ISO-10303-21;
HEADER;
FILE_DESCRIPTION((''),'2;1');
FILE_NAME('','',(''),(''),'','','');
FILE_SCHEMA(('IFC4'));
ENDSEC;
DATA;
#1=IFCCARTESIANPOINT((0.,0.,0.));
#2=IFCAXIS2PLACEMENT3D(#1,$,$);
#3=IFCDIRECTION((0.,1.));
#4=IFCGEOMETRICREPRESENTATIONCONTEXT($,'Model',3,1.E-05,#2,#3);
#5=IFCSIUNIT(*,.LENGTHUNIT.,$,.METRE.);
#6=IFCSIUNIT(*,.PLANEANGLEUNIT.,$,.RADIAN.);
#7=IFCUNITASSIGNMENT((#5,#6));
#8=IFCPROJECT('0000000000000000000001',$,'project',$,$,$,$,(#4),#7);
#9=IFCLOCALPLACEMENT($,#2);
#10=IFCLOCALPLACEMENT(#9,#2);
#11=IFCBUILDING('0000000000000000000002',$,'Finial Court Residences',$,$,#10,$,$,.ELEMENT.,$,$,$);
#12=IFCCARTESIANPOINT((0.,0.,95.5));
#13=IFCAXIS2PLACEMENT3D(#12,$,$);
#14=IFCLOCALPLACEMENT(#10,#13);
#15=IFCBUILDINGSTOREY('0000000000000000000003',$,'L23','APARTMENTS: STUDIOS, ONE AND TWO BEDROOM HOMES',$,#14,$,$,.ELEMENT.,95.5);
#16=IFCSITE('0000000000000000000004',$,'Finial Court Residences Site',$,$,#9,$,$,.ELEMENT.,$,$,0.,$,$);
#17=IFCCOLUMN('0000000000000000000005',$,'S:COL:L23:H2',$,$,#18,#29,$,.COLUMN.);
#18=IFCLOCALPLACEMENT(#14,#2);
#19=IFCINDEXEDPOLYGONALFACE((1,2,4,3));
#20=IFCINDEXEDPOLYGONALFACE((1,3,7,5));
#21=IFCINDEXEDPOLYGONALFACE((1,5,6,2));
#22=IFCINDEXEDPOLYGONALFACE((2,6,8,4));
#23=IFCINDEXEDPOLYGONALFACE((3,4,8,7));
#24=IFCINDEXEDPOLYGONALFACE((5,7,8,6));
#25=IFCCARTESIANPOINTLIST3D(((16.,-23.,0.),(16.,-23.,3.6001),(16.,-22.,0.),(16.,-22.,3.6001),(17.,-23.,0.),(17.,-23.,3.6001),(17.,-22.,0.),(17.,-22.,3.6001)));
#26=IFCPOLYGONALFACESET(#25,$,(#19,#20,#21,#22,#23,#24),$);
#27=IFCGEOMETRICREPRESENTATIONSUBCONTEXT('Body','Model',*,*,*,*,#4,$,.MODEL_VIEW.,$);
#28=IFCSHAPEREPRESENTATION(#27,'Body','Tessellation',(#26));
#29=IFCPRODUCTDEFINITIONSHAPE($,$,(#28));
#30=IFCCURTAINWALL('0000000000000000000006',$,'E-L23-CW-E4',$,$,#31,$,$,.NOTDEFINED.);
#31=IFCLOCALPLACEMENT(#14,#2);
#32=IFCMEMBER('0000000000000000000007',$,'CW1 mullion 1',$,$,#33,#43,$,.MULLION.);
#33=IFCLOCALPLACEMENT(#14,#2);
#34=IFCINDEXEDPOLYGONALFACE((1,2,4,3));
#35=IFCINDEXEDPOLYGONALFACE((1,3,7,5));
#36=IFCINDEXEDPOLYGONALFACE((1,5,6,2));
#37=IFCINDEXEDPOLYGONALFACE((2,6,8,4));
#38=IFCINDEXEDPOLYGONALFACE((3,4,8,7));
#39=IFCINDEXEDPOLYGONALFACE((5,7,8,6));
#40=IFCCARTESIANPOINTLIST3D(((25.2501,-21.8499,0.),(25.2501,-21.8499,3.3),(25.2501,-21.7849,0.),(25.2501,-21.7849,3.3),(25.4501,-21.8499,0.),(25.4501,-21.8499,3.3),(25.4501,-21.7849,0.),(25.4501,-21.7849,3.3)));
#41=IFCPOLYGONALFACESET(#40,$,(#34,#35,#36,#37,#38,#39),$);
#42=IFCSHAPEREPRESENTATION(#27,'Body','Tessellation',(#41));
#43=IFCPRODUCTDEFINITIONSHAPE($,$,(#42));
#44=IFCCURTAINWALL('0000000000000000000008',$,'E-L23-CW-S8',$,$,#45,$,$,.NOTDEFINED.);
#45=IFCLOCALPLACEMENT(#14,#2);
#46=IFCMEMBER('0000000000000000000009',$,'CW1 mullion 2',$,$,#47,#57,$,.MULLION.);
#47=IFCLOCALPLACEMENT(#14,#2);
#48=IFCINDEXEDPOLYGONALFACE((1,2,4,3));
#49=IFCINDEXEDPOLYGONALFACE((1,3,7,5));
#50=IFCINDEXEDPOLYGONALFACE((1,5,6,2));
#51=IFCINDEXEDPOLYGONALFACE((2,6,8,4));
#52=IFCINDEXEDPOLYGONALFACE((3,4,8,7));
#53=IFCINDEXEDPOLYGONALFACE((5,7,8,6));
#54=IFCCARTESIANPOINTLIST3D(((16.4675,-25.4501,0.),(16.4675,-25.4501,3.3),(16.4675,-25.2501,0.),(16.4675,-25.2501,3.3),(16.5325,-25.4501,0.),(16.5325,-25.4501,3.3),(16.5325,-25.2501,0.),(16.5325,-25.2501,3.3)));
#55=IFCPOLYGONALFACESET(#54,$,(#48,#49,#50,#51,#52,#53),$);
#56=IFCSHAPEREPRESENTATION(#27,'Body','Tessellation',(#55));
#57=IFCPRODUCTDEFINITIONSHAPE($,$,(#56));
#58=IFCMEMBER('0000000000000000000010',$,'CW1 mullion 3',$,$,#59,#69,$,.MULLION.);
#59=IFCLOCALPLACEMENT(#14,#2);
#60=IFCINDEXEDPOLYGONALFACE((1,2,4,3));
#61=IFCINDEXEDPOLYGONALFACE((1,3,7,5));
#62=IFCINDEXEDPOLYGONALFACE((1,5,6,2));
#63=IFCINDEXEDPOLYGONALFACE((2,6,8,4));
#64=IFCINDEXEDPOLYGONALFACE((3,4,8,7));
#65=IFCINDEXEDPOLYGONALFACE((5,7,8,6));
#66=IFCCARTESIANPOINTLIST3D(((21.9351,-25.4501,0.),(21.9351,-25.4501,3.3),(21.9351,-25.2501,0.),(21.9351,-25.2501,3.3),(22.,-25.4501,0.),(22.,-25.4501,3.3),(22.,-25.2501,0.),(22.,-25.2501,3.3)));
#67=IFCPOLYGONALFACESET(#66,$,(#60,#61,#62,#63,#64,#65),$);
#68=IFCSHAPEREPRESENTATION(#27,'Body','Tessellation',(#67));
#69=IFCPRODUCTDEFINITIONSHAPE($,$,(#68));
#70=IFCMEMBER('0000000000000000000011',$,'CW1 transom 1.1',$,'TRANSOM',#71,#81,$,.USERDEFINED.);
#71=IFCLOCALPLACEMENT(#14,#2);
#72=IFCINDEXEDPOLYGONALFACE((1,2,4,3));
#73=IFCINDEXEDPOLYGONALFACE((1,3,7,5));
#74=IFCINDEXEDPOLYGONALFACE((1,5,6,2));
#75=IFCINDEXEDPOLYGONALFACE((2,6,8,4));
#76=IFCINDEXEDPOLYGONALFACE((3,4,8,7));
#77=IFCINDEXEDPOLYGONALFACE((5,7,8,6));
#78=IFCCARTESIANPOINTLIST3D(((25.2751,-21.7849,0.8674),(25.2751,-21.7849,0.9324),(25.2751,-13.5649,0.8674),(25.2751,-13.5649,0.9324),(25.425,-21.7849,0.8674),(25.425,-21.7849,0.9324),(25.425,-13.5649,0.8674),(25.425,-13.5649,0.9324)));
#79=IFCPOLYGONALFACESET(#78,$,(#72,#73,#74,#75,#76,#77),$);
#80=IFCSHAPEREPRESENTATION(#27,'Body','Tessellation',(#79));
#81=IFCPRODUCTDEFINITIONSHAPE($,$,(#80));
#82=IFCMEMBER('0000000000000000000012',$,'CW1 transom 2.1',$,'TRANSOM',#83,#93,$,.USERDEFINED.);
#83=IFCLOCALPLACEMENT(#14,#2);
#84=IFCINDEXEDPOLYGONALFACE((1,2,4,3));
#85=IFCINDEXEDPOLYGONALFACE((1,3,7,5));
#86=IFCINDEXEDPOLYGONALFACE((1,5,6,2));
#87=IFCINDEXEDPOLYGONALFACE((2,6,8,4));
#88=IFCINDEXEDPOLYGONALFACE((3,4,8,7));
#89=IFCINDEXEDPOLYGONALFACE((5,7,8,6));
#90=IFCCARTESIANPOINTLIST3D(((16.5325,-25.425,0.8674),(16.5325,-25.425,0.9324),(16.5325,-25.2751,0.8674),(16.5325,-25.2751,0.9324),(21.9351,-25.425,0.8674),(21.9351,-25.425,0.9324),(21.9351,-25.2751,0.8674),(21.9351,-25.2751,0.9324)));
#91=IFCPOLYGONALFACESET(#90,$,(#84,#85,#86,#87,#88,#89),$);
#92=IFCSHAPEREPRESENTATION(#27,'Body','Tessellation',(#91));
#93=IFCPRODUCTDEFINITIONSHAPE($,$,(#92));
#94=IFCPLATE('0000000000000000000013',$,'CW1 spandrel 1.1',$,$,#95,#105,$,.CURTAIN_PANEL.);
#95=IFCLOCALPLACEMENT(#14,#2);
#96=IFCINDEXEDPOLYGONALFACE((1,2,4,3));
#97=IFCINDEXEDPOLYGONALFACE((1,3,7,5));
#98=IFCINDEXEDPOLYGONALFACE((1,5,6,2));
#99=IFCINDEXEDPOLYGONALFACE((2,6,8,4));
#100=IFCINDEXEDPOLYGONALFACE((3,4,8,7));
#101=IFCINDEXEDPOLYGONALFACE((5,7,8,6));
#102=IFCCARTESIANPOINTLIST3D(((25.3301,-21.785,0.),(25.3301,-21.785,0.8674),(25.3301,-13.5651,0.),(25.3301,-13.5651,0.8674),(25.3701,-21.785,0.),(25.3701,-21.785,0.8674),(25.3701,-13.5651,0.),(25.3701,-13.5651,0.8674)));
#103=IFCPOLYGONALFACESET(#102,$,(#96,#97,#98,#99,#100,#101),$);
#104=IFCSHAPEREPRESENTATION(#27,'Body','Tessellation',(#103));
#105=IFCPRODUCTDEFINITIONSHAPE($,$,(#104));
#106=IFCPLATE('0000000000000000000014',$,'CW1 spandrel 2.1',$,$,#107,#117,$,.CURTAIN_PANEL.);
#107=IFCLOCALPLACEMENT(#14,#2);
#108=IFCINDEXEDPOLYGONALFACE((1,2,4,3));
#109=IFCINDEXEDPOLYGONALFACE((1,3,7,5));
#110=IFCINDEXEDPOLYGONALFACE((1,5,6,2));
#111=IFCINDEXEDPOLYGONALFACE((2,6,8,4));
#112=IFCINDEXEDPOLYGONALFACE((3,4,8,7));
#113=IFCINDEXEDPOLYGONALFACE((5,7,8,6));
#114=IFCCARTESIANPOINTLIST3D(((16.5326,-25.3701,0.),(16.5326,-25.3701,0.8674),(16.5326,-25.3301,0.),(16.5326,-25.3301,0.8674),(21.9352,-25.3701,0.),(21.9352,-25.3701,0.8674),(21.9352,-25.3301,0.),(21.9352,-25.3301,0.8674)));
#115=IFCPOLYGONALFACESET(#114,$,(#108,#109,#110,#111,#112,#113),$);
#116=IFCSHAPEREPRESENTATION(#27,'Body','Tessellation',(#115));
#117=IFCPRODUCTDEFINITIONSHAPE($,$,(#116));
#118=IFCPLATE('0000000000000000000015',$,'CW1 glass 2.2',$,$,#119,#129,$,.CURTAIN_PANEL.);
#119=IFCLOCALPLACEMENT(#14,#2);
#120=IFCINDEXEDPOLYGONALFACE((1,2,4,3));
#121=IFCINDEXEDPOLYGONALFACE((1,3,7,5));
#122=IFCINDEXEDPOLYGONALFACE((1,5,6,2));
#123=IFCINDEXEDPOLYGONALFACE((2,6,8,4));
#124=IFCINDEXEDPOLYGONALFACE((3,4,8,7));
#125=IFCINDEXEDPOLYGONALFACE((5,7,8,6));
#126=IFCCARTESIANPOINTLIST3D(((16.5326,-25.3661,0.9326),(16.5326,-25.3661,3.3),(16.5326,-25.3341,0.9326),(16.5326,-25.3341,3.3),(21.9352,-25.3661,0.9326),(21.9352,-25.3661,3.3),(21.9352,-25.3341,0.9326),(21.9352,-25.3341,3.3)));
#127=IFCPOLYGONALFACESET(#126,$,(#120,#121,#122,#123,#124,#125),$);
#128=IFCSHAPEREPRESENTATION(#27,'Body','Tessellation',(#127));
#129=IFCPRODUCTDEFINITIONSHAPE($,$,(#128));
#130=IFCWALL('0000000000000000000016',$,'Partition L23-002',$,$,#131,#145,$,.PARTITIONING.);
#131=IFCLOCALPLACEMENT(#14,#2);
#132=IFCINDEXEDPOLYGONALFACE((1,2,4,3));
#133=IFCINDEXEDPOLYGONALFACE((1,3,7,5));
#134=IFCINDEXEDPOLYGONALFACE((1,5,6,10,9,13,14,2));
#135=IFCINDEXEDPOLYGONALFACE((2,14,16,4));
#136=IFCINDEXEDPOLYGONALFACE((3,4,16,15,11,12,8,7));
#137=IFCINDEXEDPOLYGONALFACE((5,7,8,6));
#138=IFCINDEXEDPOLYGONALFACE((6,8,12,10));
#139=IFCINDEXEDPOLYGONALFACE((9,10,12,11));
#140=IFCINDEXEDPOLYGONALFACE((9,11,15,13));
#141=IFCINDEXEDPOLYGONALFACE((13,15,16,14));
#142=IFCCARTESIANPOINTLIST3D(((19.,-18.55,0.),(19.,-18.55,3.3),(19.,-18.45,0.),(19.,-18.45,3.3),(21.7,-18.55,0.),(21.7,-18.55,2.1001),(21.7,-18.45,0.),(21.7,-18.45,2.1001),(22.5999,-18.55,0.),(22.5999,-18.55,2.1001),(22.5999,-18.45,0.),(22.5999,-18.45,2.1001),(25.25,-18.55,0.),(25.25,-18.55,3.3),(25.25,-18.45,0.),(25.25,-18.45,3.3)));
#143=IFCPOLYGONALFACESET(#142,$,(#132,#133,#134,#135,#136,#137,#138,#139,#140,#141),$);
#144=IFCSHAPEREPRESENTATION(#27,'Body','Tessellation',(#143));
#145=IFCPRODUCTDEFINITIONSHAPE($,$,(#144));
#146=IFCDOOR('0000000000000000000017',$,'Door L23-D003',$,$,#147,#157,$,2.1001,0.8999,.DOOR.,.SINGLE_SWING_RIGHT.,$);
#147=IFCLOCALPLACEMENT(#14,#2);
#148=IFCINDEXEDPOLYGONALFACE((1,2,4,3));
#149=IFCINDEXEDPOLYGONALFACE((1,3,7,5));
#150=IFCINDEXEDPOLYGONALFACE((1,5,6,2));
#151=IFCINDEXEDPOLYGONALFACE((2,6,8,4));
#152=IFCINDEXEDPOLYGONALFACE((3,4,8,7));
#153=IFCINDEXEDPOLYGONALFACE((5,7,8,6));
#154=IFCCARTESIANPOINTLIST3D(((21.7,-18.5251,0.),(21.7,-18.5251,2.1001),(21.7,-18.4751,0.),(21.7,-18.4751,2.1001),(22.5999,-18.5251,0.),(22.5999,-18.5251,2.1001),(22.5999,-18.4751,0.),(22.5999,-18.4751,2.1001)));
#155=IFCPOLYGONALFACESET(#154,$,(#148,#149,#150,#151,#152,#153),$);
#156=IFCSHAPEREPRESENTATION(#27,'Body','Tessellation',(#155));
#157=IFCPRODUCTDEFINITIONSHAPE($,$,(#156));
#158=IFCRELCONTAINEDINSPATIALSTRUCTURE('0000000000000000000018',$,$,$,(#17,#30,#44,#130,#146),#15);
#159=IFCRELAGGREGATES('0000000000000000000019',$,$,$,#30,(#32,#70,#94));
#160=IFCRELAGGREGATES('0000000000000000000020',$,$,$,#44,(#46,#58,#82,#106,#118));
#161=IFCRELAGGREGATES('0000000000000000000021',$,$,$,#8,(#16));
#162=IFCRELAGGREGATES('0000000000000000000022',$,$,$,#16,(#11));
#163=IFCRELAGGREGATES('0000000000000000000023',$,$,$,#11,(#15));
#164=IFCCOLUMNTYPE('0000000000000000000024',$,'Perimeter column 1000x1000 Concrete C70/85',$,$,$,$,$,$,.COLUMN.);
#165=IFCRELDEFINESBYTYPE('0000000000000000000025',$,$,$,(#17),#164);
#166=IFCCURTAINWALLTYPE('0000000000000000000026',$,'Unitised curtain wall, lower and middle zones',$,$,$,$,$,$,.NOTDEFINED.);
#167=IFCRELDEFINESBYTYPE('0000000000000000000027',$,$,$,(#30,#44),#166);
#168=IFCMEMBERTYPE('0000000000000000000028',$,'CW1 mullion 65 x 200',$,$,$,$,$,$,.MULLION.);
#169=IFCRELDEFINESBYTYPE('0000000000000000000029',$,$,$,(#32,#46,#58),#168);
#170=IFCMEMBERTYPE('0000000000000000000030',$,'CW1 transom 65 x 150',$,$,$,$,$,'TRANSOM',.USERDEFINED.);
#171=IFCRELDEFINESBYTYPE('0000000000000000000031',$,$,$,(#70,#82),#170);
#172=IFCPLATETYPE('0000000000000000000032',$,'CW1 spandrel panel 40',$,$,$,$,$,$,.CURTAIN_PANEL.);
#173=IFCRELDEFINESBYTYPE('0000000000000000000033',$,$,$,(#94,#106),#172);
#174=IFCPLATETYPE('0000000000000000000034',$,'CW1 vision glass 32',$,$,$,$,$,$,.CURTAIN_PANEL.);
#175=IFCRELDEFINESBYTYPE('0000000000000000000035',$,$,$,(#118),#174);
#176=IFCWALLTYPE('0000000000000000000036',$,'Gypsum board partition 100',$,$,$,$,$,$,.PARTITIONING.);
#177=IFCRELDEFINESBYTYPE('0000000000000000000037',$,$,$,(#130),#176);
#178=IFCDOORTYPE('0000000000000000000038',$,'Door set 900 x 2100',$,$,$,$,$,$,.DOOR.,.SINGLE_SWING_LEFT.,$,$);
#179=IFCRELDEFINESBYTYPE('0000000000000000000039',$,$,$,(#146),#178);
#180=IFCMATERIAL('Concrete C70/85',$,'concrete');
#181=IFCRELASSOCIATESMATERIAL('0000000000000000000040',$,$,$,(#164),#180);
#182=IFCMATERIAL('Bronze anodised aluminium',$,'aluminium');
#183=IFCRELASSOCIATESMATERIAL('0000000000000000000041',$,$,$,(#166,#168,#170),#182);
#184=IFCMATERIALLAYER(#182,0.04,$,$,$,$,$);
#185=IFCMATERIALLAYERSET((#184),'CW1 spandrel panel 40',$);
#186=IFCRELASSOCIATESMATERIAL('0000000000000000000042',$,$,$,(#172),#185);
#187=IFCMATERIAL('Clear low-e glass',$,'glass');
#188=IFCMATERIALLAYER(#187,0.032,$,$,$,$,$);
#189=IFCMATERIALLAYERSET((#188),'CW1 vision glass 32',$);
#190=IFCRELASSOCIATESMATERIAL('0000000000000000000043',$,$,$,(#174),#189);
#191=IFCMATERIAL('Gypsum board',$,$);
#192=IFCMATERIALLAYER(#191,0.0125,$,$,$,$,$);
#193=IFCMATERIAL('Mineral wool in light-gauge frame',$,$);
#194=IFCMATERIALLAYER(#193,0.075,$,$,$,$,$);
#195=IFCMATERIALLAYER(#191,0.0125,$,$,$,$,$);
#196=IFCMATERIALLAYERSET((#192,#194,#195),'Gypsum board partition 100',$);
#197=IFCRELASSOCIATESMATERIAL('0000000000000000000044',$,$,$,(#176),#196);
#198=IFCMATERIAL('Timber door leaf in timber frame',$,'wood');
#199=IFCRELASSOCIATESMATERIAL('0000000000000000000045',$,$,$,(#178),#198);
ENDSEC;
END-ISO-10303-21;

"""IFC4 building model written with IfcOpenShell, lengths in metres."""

from ifc_helpers import new_model, si_unit, direction, frame, frame_2d, origin, origin_2d, place, context, subcontext, project, spatial, rectangle, extrude, material, layer, layer_set, material_profile, profile_set, type_object, element, fill, aggregate, save


model = new_model("IFC4")

# Units and contexts
model_context = context("Model", 3, precision=1e-05, world=origin(), true_north=direction((0.0, 1.0)))
body_context = subcontext(model_context, "Body", "Model", "MODEL_VIEW")
ifc_project = project(units=[si_unit("LENGTHUNIT", "METRE"), si_unit("PLANEANGLEUNIT", "RADIAN")], contexts=[model_context])

# Site, building, storey
site_placement = place(None, origin())
site = spatial("IfcSite", under=ifc_project, at=site_placement, Name="Finial Court Residences Site", CompositionType="ELEMENT", RefElevation=0.0)
building_placement = place(site_placement, origin())
building = spatial("IfcBuilding", under=site, at=building_placement, Name="Finial Court Residences", CompositionType="ELEMENT")
storey_placement = place(building_placement, frame((0.0, 0.0, 95.5)))
storey = spatial("IfcBuildingStorey", under=building, at=storey_placement, Name="L23", Description="APARTMENTS: STUDIOS, ONE AND TWO BEDROOM HOMES", CompositionType="ELEMENT", Elevation=95.5)

# Column
ifc_material_1 = material(Name="Concrete C70/85", Category="concrete")
ifc_material_profile_1 = material_profile(ifc_material_1, rectangle(XDim=1.0, YDim=1.0, at=origin_2d()), Name="1000x1000")
ifc_profile_set_1 = profile_set([ifc_material_profile_1], Name="Concrete C70/85")
column_type = type_object("IfcColumnType", Name="Perimeter column 1000x1000 Concrete C70/85", PredefinedType="COLUMN", material=ifc_profile_set_1)
column_placement = place(storey_placement, frame((16.5, -22.5, 0.0), z_axis=(0.0, 0.0, 1.0), x_axis=(1.0, 0.0, 0.0)))
element("IfcColumn", 1, at=column_placement, inside=storey, type_object=column_type, Name="S:COL:L23:H2", PredefinedType="COLUMN", context=body_context, shape_type="SweptSolid", body=[
    extrude(rectangle(XDim=1.0, YDim=1.0, at=origin_2d()), origin(), (0.0, 0.0, 1.0), 3.6001),
])

# Curtain wall, member
ifc_material_2 = material(Name="Bronze anodised aluminium", Category="aluminium")
curtain_wall_type = type_object("IfcCurtainWallType", Name="Unitised curtain wall, lower and middle zones", PredefinedType="NOTDEFINED", material=ifc_material_2)
curtain_wall_1_placement = place(storey_placement, origin())
curtain_wall_1 = element("IfcCurtainWall", 2, at=curtain_wall_1_placement, inside=storey, type_object=curtain_wall_type, Name="E-L23-CW-E4", PredefinedType="NOTDEFINED")
ifc_material_profile_2 = material_profile(ifc_material_2, rectangle(XDim=0.2, YDim=0.0649, at=origin_2d()), Name="CW1 mullion 65 x 200")
ifc_profile_set_2 = profile_set([ifc_material_profile_2], Name="Bronze anodised aluminium")
member_type_1 = type_object("IfcMemberType", Name="CW1 mullion 65 x 200", PredefinedType="MULLION", material=ifc_profile_set_2)
member_1_placement = place(storey_placement, frame((25.3501, -21.8174, 0.0), z_axis=(0.0, 0.0, 1.0), x_axis=(-1.0, 0.0, 0.0)))
member_1 = element("IfcMember", 3, at=member_1_placement, type_object=member_type_1, Name="CW1 mullion 1", PredefinedType="MULLION", context=body_context, shape_type="SweptSolid", body=[
    extrude(rectangle(XDim=0.2, YDim=0.0649, at=origin_2d()), origin(), (0.0, 0.0, 1.0), 3.3),
])

# Curtain wall, members
curtain_wall_2_placement = place(storey_placement, origin())
curtain_wall_2 = element("IfcCurtainWall", 4, at=curtain_wall_2_placement, inside=storey, type_object=curtain_wall_type, Name="E-L23-CW-S8", PredefinedType="NOTDEFINED")
member_2_placement = place(storey_placement, frame((16.5, -25.3501, 0.0), z_axis=(0.0, 0.0, 1.0), x_axis=(0.0, 1.0, 0.0)))
member_2 = element("IfcMember", 5, at=member_2_placement, type_object=member_type_1, Name="CW1 mullion 2", PredefinedType="MULLION", context=body_context, shape_type="SweptSolid", body=[
    extrude(rectangle(XDim=0.2, YDim=0.0649, at=origin_2d()), origin(), (0.0, 0.0, 1.0), 3.3),
])
member_3_placement = place(storey_placement, frame((21.9675, -25.3501, 0.0), z_axis=(0.0, 0.0, 1.0), x_axis=(0.0, 1.0, 0.0)))
member_3 = element("IfcMember", 6, at=member_3_placement, type_object=member_type_1, Name="CW1 mullion 3", PredefinedType="MULLION", context=body_context, shape_type="SweptSolid", body=[
    extrude(rectangle(XDim=0.2, YDim=0.0649, at=origin_2d()), origin(), (0.0, 0.0, 1.0), 3.3),
])

# Members
ifc_material_profile_3 = material_profile(ifc_material_2, rectangle(XDim=0.1499, YDim=0.0649, at=origin_2d()), Name="CW1 transom 65 x 150")
ifc_profile_set_3 = profile_set([ifc_material_profile_3], Name="Bronze anodised aluminium")
member_type_2 = type_object("IfcMemberType", Name="CW1 transom 65 x 150", ElementType="TRANSOM", PredefinedType="USERDEFINED", material=ifc_profile_set_3)
member_4_placement = place(storey_placement, frame((25.3501, -21.7849, 0.8999), z_axis=(0.0, 1.0, 0.0), x_axis=(-1.0, 0.0, 0.0)))
member_4 = element("IfcMember", 7, at=member_4_placement, type_object=member_type_2, Name="CW1 transom 1.1", ObjectType="TRANSOM", PredefinedType="USERDEFINED", context=body_context, shape_type="SweptSolid", body=[
    extrude(rectangle(XDim=0.1499, YDim=0.0649, at=origin_2d()), origin(), (0.0, 0.0, 1.0), 8.22),
])
member_5_placement = place(storey_placement, frame((16.5325, -25.3501, 0.8999), z_axis=(1.0, 0.0, 0.0), x_axis=(0.0, 1.0, 0.0)))
member_5 = element("IfcMember", 8, at=member_5_placement, type_object=member_type_2, Name="CW1 transom 2.1", ObjectType="TRANSOM", PredefinedType="USERDEFINED", context=body_context, shape_type="SweptSolid", body=[
    extrude(rectangle(XDim=0.1499, YDim=0.0649, at=origin_2d()), origin(), (0.0, 0.0, 1.0), 5.4026),
])

# Plates
ifc_layer_1 = layer(ifc_material_2, 0.04)
ifc_layer_set_1 = layer_set([ifc_layer_1], Name="CW1 spandrel panel 40")
plate_type_1 = type_object("IfcPlateType", Name="CW1 spandrel panel 40", PredefinedType="CURTAIN_PANEL", material=ifc_layer_set_1)
plate_1_placement = place(storey_placement, frame((25.3501, -17.675, 0.0), z_axis=(0.0, 0.0, 1.0), x_axis=(0.0, 1.0, 0.0)))
plate_1 = element("IfcPlate", 9, at=plate_1_placement, type_object=plate_type_1, Name="CW1 spandrel 1.1", PredefinedType="CURTAIN_PANEL", context=body_context, shape_type="SweptSolid", body=[
    extrude(rectangle(XDim=8.22, YDim=0.04, at=origin_2d()), origin(), (0.0, 0.0, 1.0), 0.8674),
])
aggregate(curtain_wall_1, [member_1, member_4, plate_1])
plate_2_placement = place(storey_placement, frame((19.2339, -25.3501, 0.0), z_axis=(0.0, 0.0, 1.0), x_axis=(1.0, 0.0, 0.0)))
plate_2 = element("IfcPlate", 10, at=plate_2_placement, type_object=plate_type_1, Name="CW1 spandrel 2.1", PredefinedType="CURTAIN_PANEL", context=body_context, shape_type="SweptSolid", body=[
    extrude(rectangle(XDim=5.4026, YDim=0.04, at=origin_2d()), origin(), (0.0, 0.0, 1.0), 0.8674),
])
ifc_material_3 = material(Name="Clear low-e glass", Category="glass")
ifc_layer_2 = layer(ifc_material_3, 0.032)
ifc_layer_set_2 = layer_set([ifc_layer_2], Name="CW1 vision glass 32")
plate_type_2 = type_object("IfcPlateType", Name="CW1 vision glass 32", PredefinedType="CURTAIN_PANEL", material=ifc_layer_set_2)
plate_3_placement = place(storey_placement, frame((19.2339, -25.3501, 0.9326), z_axis=(0.0, 0.0, 1.0), x_axis=(1.0, 0.0, 0.0)))
plate_3 = element("IfcPlate", 11, at=plate_3_placement, type_object=plate_type_2, Name="CW1 glass 2.2", PredefinedType="CURTAIN_PANEL", context=body_context, shape_type="SweptSolid", body=[
    extrude(rectangle(XDim=5.4026, YDim=0.032, at=origin_2d()), origin(), (0.0, 0.0, 1.0), 2.3674),
])
aggregate(curtain_wall_2, [member_2, member_3, member_5, plate_2, plate_3])

# Wall, opening, door
ifc_material_4 = material(Name="Gypsum board")
ifc_layer_3 = layer(ifc_material_4, 0.0125)
ifc_material_5 = material(Name="Mineral wool in light-gauge frame")
ifc_layer_4 = layer(ifc_material_5, 0.075)
ifc_layer_5 = layer(ifc_material_4, 0.0125)
ifc_layer_set_3 = layer_set([ifc_layer_3, ifc_layer_4, ifc_layer_5], Name="Gypsum board partition 100")
wall_type_1 = type_object("IfcWallType", Name="Gypsum board partition 100", PredefinedType="PARTITIONING", material=ifc_layer_set_3)
wall_1_placement = place(storey_placement, frame((19.0, -18.5, 0.0), z_axis=(0.0, 0.0, 1.0), x_axis=(1.0, 0.0, 0.0)))
wall_1 = element("IfcWall", 12, at=wall_1_placement, inside=storey, type_object=wall_type_1, Name="Partition L23-002", PredefinedType="PARTITIONING", context=body_context, shape_type="SweptSolid", body=[
    extrude(rectangle(XDim=6.25, YDim=0.1001, at=frame_2d((3.125, 0.0))), origin(), (0.0, 0.0, 1.0), 3.3),
])
opening_1_placement = place(wall_1_placement, frame((2.7, 0.0, 0.0)))
opening_1 = element("IfcOpeningElement", 13, at=opening_1_placement, cuts=wall_1, PredefinedType="OPENING", context=body_context, shape_type="SweptSolid", body=[
    extrude(rectangle(XDim=0.8999, YDim=2.1001, at=frame_2d((0.45, 1.05))), frame((0.0, 0.0601, 0.0), z_axis=(0.0, -1.0, 0.0), x_axis=(1.0, 0.0, 0.0)), (0.0, 0.0, 1.0), 0.1201),
])
ifc_material_6 = material(Name="Timber door leaf in timber frame", Category="wood")
door_type = type_object("IfcDoorType", Name="Door set 900 x 2100", OperationType="SINGLE_SWING_LEFT", PredefinedType="DOOR", material=ifc_material_6)
door_1_placement = place(opening_1_placement, origin())
door_1 = element("IfcDoor", 14, at=door_1_placement, inside=storey, type_object=door_type, Name="Door L23-D003", OperationType="SINGLE_SWING_RIGHT", OverallHeight=2.1001, OverallWidth=0.8999, PredefinedType="DOOR", context=body_context, shape_type="SweptSolid", body=[
    extrude(rectangle(XDim=0.8999, YDim=2.1001, at=frame_2d((0.45, 1.05))), frame((0.0, 0.0249, 0.0), z_axis=(0.0, -1.0, 0.0), x_axis=(1.0, 0.0, 0.0)), (0.0, 0.0, 1.0), 0.05),
])
fill(opening_1, door_1)

save(model, "model.ifc")
